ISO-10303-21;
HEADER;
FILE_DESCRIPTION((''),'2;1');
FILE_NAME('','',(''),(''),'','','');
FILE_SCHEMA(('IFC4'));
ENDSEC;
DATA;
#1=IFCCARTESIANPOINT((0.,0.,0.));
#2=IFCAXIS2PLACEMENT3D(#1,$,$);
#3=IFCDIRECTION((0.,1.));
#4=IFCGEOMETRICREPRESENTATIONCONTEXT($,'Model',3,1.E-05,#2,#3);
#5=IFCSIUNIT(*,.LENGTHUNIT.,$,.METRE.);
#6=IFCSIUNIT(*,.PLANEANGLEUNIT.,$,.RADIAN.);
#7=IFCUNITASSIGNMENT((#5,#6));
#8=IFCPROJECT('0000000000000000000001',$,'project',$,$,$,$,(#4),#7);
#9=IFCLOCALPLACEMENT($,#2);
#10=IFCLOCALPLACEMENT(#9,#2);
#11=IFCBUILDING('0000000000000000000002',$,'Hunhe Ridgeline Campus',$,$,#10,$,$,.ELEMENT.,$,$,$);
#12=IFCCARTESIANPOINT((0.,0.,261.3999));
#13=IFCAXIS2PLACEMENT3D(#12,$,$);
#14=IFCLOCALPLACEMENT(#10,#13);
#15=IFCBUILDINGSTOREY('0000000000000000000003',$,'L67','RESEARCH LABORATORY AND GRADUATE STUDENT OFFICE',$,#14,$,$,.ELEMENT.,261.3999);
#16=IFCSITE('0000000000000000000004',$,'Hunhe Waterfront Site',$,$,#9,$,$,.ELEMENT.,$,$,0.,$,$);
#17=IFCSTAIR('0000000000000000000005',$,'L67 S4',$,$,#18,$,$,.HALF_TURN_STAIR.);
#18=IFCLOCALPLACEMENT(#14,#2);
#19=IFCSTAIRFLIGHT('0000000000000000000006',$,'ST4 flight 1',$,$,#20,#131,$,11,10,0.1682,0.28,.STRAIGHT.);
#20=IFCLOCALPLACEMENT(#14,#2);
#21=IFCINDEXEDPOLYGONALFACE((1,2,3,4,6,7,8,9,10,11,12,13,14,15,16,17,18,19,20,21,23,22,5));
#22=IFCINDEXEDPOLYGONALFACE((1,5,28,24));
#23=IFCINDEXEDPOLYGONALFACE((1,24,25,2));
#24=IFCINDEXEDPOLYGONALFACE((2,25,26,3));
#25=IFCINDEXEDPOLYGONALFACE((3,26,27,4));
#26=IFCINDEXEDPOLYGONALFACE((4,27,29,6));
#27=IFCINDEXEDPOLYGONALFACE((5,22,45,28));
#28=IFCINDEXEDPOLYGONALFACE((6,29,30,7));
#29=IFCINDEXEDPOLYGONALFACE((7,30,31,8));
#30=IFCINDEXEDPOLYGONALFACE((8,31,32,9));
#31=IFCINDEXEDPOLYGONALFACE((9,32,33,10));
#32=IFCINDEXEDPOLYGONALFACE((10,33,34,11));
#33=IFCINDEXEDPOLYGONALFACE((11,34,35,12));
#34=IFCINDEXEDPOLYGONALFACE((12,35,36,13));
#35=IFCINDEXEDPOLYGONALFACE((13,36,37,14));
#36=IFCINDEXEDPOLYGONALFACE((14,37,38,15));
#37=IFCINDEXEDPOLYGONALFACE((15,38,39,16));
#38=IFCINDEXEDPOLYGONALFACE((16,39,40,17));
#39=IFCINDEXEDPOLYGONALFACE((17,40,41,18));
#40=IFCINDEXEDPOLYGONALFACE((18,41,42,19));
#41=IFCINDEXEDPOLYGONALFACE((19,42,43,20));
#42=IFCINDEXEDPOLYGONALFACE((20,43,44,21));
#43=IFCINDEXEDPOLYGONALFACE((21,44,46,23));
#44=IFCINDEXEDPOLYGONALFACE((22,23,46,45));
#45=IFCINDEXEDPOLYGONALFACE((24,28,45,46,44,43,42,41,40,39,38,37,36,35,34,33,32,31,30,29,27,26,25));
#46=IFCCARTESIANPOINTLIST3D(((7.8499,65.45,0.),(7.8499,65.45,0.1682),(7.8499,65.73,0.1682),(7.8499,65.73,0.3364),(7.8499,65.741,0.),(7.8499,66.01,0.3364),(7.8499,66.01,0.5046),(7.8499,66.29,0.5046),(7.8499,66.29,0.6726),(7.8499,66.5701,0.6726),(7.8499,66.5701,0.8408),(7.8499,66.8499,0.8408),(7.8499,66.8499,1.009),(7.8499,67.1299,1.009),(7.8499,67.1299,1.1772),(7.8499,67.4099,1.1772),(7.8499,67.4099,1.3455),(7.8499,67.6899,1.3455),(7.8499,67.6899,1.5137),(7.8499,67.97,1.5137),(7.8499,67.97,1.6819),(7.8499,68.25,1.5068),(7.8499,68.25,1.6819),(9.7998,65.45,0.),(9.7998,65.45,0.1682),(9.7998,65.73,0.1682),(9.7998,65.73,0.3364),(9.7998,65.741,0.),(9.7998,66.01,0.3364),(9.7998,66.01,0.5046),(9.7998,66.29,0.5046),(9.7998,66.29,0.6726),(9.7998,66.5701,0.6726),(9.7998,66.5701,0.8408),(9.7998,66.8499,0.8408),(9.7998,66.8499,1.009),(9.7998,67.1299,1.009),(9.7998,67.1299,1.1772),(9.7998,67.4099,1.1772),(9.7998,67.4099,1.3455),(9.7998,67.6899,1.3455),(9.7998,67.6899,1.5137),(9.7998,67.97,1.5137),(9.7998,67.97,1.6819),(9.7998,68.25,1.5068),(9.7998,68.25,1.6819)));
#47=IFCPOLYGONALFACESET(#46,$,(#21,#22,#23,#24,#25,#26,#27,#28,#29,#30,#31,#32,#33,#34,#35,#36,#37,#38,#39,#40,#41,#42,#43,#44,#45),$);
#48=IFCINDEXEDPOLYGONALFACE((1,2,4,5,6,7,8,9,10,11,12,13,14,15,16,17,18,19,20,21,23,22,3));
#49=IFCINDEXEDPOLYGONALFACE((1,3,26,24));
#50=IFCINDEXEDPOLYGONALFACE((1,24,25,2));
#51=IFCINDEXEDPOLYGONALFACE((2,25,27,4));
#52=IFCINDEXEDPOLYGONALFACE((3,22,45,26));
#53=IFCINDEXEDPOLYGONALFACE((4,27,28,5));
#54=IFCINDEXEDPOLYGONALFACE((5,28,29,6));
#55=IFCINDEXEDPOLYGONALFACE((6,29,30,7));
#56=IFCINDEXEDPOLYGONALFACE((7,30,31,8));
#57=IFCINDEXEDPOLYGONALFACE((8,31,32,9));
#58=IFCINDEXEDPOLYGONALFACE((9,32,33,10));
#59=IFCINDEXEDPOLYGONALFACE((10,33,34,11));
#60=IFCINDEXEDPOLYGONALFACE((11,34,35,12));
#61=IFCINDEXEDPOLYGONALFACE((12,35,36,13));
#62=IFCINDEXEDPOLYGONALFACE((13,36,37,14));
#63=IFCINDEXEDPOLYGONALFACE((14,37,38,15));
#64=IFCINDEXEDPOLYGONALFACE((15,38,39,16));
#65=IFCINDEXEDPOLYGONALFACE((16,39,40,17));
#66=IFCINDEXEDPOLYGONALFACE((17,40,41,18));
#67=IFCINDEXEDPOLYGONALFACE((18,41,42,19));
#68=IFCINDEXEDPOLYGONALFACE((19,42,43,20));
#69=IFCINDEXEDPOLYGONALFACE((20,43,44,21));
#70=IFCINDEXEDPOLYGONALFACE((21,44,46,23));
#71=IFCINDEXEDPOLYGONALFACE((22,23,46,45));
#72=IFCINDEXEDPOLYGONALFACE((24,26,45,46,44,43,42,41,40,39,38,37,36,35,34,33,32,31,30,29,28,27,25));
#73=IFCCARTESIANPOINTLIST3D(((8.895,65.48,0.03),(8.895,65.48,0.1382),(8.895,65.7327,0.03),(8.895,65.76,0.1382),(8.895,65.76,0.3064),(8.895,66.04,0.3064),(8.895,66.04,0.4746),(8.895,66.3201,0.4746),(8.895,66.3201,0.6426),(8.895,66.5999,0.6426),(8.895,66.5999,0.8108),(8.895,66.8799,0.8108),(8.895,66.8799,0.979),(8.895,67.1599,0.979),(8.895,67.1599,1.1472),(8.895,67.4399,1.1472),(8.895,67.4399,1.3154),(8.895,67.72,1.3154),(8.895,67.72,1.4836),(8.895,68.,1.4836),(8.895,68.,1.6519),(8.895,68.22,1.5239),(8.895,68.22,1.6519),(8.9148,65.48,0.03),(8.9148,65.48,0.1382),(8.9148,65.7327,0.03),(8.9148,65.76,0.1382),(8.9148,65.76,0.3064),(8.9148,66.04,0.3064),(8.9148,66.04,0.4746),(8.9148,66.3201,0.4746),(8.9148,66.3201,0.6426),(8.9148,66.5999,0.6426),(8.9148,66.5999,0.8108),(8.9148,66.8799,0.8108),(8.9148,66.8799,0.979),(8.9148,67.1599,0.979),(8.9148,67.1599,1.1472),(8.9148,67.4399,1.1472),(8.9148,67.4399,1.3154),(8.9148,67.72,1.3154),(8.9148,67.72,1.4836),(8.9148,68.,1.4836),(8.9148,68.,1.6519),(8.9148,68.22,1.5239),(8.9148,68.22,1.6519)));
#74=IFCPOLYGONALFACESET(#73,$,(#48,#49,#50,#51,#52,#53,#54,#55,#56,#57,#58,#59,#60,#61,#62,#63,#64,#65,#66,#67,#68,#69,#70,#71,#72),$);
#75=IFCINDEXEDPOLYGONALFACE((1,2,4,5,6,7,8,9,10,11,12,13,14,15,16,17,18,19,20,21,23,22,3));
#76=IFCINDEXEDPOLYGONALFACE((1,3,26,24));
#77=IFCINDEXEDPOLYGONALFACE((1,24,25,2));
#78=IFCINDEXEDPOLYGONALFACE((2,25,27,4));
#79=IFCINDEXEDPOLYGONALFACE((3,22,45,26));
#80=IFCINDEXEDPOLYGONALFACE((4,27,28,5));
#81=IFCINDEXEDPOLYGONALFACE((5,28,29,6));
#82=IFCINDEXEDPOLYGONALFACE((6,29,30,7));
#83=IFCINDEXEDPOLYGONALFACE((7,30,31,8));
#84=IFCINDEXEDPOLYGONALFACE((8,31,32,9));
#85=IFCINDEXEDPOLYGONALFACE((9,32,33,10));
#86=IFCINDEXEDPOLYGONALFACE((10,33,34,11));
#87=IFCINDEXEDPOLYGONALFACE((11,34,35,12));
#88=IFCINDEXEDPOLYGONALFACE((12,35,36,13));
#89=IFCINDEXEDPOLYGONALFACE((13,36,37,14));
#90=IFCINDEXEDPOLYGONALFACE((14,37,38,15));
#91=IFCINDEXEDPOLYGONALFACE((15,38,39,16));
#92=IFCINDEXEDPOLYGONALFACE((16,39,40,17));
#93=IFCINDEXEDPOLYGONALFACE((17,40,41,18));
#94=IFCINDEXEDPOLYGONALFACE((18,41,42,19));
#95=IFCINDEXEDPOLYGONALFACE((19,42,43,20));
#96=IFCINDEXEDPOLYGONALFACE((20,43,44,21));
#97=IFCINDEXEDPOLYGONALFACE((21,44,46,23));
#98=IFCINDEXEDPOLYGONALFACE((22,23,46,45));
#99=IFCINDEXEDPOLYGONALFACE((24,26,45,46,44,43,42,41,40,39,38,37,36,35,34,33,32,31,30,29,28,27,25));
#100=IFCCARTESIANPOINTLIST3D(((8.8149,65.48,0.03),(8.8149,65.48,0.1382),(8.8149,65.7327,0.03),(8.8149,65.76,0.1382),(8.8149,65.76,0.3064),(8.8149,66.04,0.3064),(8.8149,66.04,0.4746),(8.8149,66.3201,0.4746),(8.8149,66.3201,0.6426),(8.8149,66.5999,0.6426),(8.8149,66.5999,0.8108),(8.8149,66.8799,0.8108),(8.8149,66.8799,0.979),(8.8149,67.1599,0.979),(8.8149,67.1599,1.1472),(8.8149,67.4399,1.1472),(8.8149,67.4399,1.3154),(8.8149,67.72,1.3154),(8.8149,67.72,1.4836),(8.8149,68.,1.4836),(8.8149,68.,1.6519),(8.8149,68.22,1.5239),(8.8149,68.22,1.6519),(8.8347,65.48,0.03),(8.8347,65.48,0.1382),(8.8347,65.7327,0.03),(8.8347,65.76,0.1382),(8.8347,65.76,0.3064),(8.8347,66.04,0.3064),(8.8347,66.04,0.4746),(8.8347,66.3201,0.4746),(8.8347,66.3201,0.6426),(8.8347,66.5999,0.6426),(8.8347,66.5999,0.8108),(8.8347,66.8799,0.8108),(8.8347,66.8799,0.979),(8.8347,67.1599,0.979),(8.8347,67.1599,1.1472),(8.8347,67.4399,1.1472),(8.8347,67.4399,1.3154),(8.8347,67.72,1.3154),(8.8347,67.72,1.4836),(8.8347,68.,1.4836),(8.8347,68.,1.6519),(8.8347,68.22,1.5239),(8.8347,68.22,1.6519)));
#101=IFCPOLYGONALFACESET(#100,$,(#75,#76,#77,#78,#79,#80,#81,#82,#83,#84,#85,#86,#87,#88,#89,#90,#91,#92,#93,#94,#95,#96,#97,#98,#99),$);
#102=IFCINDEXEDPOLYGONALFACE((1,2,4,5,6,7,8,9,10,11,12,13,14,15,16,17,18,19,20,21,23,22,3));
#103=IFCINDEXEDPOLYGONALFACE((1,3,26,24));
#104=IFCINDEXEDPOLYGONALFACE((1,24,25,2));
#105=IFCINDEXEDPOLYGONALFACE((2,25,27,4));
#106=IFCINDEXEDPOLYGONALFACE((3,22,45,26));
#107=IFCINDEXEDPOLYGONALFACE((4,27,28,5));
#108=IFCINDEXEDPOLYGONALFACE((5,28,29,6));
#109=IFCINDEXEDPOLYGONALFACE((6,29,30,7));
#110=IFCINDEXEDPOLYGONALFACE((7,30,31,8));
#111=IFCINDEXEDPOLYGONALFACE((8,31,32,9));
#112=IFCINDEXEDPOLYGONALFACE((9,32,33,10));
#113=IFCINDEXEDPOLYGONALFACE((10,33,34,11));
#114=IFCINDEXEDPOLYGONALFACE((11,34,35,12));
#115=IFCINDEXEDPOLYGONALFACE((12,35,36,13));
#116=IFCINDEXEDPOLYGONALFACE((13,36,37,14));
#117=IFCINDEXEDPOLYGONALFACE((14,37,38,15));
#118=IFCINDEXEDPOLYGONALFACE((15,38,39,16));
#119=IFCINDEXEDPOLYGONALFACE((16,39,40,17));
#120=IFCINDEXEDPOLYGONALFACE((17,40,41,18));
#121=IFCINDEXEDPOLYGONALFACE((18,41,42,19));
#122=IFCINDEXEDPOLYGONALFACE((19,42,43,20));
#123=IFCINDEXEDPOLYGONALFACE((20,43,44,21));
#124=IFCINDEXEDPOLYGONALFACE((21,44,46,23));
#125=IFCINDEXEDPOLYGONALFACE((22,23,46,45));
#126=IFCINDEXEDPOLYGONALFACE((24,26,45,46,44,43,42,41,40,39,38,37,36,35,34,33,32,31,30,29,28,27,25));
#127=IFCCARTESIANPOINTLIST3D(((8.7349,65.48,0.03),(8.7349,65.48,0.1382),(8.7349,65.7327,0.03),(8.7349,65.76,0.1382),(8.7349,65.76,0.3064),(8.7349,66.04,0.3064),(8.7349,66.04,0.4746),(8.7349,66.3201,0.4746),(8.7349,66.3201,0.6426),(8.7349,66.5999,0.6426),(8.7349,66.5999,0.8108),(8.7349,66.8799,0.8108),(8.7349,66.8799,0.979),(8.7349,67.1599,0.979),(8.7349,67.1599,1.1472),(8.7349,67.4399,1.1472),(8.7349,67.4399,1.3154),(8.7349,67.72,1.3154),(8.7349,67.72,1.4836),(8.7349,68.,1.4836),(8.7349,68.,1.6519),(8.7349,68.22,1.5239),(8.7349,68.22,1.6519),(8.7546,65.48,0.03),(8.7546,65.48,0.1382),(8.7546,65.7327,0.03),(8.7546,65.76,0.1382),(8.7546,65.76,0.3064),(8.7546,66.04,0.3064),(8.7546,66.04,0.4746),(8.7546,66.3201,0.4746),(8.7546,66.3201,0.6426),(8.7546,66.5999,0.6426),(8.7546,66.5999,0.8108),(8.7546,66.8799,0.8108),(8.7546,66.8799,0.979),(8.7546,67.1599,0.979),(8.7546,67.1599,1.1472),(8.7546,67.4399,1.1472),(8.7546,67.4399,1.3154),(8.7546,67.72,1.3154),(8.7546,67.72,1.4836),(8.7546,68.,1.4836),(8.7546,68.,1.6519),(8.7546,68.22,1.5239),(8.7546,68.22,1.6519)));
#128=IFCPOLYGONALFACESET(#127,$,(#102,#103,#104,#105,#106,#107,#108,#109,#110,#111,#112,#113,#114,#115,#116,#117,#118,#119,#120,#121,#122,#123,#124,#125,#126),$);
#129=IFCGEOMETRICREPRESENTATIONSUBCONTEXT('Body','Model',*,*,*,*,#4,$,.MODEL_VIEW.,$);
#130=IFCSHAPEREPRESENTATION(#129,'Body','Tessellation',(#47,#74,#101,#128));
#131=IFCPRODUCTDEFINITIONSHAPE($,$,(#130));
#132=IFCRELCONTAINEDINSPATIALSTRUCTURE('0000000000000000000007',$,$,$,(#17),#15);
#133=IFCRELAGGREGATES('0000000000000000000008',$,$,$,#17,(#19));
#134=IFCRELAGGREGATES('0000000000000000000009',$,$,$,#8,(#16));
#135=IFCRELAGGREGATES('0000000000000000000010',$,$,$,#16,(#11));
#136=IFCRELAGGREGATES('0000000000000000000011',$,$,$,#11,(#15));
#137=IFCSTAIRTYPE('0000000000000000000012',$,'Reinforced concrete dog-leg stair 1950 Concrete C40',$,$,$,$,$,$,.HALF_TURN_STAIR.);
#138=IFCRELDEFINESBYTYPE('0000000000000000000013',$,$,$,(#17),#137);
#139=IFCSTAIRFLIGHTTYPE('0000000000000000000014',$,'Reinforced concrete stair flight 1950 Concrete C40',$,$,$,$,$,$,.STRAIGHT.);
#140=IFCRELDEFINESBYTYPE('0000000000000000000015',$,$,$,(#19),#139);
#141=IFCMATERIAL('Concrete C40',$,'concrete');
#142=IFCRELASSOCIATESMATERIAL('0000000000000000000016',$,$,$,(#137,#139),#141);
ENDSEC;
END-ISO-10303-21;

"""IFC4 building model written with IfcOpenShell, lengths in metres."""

from ifc_helpers import new_model, si_unit, direction, frame, origin, place, context, subcontext, project, spatial, polyline, outline, extrude, material, type_object, element, aggregate, save


model = new_model("IFC4")

# Units and contexts
model_context = context("Model", 3, precision=1e-05, world=origin(), true_north=direction((0.0, 1.0)))
body_context = subcontext(model_context, "Body", "Model", "MODEL_VIEW")
ifc_project = project(units=[si_unit("LENGTHUNIT", "METRE"), si_unit("PLANEANGLEUNIT", "RADIAN")], contexts=[model_context])

# Site, building, storey
site_placement = place(None, origin())
site = spatial("IfcSite", under=ifc_project, at=site_placement, Name="Hunhe Waterfront Site", CompositionType="ELEMENT", RefElevation=0.0)
building_placement = place(site_placement, origin())
building = spatial("IfcBuilding", under=site, at=building_placement, Name="Hunhe Ridgeline Campus", CompositionType="ELEMENT")
storey_placement = place(building_placement, frame((0.0, 0.0, 261.3999)))
storey = spatial("IfcBuildingStorey", under=building, at=storey_placement, Name="L67", Description="RESEARCH LABORATORY AND GRADUATE STUDENT OFFICE", CompositionType="ELEMENT", Elevation=261.3999)

# Shared definitions
ifc_material_1 = material(Name="Concrete C40", Category="concrete")
stair_type = type_object("IfcStairType", Name="Reinforced concrete dog-leg stair 1950 Concrete C40", PredefinedType="HALF_TURN_STAIR", material=ifc_material_1)
stair_flight_type = type_object("IfcStairFlightType", Name="Reinforced concrete stair flight 1950 Concrete C40", PredefinedType="STRAIGHT", material=ifc_material_1)

# Stair, stair flight
stair_1_placement = place(storey_placement, origin())
stair_1 = element("IfcStair", 1, at=stair_1_placement, inside=storey, type_object=stair_type, Name="L67 S4", PredefinedType="HALF_TURN_STAIR")
stair_flight_1_placement = place(storey_placement, frame((8.825, 65.45, 0.0), z_axis=(0.0, 0.0, 1.0), x_axis=(0.0, 1.0, 0.0)))
stair_flight_1 = element("IfcStairFlight", 2, at=stair_flight_1_placement, type_object=stair_flight_type, Name="ST4 flight 1", NumberOfRisers=11, NumberOfTreads=10, PredefinedType="STRAIGHT", RiserHeight=0.1682, TreadLength=0.28, context=body_context, shape_type="SweptSolid", body=[
    extrude(outline(polyline([(0.0, 0.0), (0.0, 0.1682), (0.28, 0.1682), (0.28, 0.3364), (0.5601, 0.3364), (0.5601, 0.5046), (0.8401, 0.5046), (0.8401, 0.6726), (1.1201, 0.6726), (1.1201, 0.8408), (1.3999, 0.8408), (1.3999, 1.009), (1.6799, 1.009), (1.6799, 1.1772), (1.96, 1.1772), (1.96, 1.3455), (2.24, 1.3455), (2.24, 1.5137), (2.52, 1.5137), (2.52, 1.6819), (2.8, 1.6819), (2.8, 1.8501), (2.8, 1.5068), (0.291, 0.0), (0.0, 0.0)])), frame((0.0, 0.9751, 0.0), z_axis=(0.0, -1.0, 0.0), x_axis=(1.0, 0.0, 0.0)), (0.0, 0.0, 1.0), 1.95),
    extrude(outline(polyline([(0.03, 0.03), (0.03, 0.1382), (0.3101, 0.1382), (0.3101, 0.3064), (0.5901, 0.3064), (0.5901, 0.4746), (0.8701, 0.4746), (0.8701, 0.6426), (1.1499, 0.6426), (1.1499, 0.8108), (1.4299, 0.8108), (1.4299, 0.979), (1.71, 0.979), (1.71, 1.1472), (1.99, 1.1472), (1.99, 1.3154), (2.27, 1.3154), (2.27, 1.4836), (2.55, 1.4836), (2.55, 1.6519), (2.77, 1.6519), (2.77, 1.5239), (0.2827, 0.03), (0.03, 0.03)])), frame((0.0, -0.0701, 0.0), z_axis=(0.0, -1.0, 0.0), x_axis=(1.0, 0.0, 0.0)), (0.0, 0.0, 1.0), 0.0198),
    extrude(outline(polyline([(0.03, 0.03), (0.03, 0.1382), (0.3101, 0.1382), (0.3101, 0.3064), (0.5901, 0.3064), (0.5901, 0.4746), (0.8701, 0.4746), (0.8701, 0.6426), (1.1499, 0.6426), (1.1499, 0.8108), (1.4299, 0.8108), (1.4299, 0.979), (1.71, 0.979), (1.71, 1.1472), (1.99, 1.1472), (1.99, 1.3154), (2.27, 1.3154), (2.27, 1.4836), (2.55, 1.4836), (2.55, 1.6519), (2.77, 1.6519), (2.77, 1.5239), (0.2827, 0.03), (0.03, 0.03)])), frame((0.0, 0.01, 0.0), z_axis=(0.0, -1.0, 0.0), x_axis=(1.0, 0.0, 0.0)), (0.0, 0.0, 1.0), 0.0198),
    extrude(outline(polyline([(0.03, 0.03), (0.03, 0.1382), (0.3101, 0.1382), (0.3101, 0.3064), (0.5901, 0.3064), (0.5901, 0.4746), (0.8701, 0.4746), (0.8701, 0.6426), (1.1499, 0.6426), (1.1499, 0.8108), (1.4299, 0.8108), (1.4299, 0.979), (1.71, 0.979), (1.71, 1.1472), (1.99, 1.1472), (1.99, 1.3154), (2.27, 1.3154), (2.27, 1.4836), (2.55, 1.4836), (2.55, 1.6519), (2.77, 1.6519), (2.77, 1.5239), (0.2827, 0.03), (0.03, 0.03)])), frame((0.0, 0.0901, 0.0), z_axis=(0.0, -1.0, 0.0), x_axis=(1.0, 0.0, 0.0)), (0.0, 0.0, 1.0), 0.0198),
])
aggregate(stair_1, [stair_flight_1])

save(model, "model.ifc")
